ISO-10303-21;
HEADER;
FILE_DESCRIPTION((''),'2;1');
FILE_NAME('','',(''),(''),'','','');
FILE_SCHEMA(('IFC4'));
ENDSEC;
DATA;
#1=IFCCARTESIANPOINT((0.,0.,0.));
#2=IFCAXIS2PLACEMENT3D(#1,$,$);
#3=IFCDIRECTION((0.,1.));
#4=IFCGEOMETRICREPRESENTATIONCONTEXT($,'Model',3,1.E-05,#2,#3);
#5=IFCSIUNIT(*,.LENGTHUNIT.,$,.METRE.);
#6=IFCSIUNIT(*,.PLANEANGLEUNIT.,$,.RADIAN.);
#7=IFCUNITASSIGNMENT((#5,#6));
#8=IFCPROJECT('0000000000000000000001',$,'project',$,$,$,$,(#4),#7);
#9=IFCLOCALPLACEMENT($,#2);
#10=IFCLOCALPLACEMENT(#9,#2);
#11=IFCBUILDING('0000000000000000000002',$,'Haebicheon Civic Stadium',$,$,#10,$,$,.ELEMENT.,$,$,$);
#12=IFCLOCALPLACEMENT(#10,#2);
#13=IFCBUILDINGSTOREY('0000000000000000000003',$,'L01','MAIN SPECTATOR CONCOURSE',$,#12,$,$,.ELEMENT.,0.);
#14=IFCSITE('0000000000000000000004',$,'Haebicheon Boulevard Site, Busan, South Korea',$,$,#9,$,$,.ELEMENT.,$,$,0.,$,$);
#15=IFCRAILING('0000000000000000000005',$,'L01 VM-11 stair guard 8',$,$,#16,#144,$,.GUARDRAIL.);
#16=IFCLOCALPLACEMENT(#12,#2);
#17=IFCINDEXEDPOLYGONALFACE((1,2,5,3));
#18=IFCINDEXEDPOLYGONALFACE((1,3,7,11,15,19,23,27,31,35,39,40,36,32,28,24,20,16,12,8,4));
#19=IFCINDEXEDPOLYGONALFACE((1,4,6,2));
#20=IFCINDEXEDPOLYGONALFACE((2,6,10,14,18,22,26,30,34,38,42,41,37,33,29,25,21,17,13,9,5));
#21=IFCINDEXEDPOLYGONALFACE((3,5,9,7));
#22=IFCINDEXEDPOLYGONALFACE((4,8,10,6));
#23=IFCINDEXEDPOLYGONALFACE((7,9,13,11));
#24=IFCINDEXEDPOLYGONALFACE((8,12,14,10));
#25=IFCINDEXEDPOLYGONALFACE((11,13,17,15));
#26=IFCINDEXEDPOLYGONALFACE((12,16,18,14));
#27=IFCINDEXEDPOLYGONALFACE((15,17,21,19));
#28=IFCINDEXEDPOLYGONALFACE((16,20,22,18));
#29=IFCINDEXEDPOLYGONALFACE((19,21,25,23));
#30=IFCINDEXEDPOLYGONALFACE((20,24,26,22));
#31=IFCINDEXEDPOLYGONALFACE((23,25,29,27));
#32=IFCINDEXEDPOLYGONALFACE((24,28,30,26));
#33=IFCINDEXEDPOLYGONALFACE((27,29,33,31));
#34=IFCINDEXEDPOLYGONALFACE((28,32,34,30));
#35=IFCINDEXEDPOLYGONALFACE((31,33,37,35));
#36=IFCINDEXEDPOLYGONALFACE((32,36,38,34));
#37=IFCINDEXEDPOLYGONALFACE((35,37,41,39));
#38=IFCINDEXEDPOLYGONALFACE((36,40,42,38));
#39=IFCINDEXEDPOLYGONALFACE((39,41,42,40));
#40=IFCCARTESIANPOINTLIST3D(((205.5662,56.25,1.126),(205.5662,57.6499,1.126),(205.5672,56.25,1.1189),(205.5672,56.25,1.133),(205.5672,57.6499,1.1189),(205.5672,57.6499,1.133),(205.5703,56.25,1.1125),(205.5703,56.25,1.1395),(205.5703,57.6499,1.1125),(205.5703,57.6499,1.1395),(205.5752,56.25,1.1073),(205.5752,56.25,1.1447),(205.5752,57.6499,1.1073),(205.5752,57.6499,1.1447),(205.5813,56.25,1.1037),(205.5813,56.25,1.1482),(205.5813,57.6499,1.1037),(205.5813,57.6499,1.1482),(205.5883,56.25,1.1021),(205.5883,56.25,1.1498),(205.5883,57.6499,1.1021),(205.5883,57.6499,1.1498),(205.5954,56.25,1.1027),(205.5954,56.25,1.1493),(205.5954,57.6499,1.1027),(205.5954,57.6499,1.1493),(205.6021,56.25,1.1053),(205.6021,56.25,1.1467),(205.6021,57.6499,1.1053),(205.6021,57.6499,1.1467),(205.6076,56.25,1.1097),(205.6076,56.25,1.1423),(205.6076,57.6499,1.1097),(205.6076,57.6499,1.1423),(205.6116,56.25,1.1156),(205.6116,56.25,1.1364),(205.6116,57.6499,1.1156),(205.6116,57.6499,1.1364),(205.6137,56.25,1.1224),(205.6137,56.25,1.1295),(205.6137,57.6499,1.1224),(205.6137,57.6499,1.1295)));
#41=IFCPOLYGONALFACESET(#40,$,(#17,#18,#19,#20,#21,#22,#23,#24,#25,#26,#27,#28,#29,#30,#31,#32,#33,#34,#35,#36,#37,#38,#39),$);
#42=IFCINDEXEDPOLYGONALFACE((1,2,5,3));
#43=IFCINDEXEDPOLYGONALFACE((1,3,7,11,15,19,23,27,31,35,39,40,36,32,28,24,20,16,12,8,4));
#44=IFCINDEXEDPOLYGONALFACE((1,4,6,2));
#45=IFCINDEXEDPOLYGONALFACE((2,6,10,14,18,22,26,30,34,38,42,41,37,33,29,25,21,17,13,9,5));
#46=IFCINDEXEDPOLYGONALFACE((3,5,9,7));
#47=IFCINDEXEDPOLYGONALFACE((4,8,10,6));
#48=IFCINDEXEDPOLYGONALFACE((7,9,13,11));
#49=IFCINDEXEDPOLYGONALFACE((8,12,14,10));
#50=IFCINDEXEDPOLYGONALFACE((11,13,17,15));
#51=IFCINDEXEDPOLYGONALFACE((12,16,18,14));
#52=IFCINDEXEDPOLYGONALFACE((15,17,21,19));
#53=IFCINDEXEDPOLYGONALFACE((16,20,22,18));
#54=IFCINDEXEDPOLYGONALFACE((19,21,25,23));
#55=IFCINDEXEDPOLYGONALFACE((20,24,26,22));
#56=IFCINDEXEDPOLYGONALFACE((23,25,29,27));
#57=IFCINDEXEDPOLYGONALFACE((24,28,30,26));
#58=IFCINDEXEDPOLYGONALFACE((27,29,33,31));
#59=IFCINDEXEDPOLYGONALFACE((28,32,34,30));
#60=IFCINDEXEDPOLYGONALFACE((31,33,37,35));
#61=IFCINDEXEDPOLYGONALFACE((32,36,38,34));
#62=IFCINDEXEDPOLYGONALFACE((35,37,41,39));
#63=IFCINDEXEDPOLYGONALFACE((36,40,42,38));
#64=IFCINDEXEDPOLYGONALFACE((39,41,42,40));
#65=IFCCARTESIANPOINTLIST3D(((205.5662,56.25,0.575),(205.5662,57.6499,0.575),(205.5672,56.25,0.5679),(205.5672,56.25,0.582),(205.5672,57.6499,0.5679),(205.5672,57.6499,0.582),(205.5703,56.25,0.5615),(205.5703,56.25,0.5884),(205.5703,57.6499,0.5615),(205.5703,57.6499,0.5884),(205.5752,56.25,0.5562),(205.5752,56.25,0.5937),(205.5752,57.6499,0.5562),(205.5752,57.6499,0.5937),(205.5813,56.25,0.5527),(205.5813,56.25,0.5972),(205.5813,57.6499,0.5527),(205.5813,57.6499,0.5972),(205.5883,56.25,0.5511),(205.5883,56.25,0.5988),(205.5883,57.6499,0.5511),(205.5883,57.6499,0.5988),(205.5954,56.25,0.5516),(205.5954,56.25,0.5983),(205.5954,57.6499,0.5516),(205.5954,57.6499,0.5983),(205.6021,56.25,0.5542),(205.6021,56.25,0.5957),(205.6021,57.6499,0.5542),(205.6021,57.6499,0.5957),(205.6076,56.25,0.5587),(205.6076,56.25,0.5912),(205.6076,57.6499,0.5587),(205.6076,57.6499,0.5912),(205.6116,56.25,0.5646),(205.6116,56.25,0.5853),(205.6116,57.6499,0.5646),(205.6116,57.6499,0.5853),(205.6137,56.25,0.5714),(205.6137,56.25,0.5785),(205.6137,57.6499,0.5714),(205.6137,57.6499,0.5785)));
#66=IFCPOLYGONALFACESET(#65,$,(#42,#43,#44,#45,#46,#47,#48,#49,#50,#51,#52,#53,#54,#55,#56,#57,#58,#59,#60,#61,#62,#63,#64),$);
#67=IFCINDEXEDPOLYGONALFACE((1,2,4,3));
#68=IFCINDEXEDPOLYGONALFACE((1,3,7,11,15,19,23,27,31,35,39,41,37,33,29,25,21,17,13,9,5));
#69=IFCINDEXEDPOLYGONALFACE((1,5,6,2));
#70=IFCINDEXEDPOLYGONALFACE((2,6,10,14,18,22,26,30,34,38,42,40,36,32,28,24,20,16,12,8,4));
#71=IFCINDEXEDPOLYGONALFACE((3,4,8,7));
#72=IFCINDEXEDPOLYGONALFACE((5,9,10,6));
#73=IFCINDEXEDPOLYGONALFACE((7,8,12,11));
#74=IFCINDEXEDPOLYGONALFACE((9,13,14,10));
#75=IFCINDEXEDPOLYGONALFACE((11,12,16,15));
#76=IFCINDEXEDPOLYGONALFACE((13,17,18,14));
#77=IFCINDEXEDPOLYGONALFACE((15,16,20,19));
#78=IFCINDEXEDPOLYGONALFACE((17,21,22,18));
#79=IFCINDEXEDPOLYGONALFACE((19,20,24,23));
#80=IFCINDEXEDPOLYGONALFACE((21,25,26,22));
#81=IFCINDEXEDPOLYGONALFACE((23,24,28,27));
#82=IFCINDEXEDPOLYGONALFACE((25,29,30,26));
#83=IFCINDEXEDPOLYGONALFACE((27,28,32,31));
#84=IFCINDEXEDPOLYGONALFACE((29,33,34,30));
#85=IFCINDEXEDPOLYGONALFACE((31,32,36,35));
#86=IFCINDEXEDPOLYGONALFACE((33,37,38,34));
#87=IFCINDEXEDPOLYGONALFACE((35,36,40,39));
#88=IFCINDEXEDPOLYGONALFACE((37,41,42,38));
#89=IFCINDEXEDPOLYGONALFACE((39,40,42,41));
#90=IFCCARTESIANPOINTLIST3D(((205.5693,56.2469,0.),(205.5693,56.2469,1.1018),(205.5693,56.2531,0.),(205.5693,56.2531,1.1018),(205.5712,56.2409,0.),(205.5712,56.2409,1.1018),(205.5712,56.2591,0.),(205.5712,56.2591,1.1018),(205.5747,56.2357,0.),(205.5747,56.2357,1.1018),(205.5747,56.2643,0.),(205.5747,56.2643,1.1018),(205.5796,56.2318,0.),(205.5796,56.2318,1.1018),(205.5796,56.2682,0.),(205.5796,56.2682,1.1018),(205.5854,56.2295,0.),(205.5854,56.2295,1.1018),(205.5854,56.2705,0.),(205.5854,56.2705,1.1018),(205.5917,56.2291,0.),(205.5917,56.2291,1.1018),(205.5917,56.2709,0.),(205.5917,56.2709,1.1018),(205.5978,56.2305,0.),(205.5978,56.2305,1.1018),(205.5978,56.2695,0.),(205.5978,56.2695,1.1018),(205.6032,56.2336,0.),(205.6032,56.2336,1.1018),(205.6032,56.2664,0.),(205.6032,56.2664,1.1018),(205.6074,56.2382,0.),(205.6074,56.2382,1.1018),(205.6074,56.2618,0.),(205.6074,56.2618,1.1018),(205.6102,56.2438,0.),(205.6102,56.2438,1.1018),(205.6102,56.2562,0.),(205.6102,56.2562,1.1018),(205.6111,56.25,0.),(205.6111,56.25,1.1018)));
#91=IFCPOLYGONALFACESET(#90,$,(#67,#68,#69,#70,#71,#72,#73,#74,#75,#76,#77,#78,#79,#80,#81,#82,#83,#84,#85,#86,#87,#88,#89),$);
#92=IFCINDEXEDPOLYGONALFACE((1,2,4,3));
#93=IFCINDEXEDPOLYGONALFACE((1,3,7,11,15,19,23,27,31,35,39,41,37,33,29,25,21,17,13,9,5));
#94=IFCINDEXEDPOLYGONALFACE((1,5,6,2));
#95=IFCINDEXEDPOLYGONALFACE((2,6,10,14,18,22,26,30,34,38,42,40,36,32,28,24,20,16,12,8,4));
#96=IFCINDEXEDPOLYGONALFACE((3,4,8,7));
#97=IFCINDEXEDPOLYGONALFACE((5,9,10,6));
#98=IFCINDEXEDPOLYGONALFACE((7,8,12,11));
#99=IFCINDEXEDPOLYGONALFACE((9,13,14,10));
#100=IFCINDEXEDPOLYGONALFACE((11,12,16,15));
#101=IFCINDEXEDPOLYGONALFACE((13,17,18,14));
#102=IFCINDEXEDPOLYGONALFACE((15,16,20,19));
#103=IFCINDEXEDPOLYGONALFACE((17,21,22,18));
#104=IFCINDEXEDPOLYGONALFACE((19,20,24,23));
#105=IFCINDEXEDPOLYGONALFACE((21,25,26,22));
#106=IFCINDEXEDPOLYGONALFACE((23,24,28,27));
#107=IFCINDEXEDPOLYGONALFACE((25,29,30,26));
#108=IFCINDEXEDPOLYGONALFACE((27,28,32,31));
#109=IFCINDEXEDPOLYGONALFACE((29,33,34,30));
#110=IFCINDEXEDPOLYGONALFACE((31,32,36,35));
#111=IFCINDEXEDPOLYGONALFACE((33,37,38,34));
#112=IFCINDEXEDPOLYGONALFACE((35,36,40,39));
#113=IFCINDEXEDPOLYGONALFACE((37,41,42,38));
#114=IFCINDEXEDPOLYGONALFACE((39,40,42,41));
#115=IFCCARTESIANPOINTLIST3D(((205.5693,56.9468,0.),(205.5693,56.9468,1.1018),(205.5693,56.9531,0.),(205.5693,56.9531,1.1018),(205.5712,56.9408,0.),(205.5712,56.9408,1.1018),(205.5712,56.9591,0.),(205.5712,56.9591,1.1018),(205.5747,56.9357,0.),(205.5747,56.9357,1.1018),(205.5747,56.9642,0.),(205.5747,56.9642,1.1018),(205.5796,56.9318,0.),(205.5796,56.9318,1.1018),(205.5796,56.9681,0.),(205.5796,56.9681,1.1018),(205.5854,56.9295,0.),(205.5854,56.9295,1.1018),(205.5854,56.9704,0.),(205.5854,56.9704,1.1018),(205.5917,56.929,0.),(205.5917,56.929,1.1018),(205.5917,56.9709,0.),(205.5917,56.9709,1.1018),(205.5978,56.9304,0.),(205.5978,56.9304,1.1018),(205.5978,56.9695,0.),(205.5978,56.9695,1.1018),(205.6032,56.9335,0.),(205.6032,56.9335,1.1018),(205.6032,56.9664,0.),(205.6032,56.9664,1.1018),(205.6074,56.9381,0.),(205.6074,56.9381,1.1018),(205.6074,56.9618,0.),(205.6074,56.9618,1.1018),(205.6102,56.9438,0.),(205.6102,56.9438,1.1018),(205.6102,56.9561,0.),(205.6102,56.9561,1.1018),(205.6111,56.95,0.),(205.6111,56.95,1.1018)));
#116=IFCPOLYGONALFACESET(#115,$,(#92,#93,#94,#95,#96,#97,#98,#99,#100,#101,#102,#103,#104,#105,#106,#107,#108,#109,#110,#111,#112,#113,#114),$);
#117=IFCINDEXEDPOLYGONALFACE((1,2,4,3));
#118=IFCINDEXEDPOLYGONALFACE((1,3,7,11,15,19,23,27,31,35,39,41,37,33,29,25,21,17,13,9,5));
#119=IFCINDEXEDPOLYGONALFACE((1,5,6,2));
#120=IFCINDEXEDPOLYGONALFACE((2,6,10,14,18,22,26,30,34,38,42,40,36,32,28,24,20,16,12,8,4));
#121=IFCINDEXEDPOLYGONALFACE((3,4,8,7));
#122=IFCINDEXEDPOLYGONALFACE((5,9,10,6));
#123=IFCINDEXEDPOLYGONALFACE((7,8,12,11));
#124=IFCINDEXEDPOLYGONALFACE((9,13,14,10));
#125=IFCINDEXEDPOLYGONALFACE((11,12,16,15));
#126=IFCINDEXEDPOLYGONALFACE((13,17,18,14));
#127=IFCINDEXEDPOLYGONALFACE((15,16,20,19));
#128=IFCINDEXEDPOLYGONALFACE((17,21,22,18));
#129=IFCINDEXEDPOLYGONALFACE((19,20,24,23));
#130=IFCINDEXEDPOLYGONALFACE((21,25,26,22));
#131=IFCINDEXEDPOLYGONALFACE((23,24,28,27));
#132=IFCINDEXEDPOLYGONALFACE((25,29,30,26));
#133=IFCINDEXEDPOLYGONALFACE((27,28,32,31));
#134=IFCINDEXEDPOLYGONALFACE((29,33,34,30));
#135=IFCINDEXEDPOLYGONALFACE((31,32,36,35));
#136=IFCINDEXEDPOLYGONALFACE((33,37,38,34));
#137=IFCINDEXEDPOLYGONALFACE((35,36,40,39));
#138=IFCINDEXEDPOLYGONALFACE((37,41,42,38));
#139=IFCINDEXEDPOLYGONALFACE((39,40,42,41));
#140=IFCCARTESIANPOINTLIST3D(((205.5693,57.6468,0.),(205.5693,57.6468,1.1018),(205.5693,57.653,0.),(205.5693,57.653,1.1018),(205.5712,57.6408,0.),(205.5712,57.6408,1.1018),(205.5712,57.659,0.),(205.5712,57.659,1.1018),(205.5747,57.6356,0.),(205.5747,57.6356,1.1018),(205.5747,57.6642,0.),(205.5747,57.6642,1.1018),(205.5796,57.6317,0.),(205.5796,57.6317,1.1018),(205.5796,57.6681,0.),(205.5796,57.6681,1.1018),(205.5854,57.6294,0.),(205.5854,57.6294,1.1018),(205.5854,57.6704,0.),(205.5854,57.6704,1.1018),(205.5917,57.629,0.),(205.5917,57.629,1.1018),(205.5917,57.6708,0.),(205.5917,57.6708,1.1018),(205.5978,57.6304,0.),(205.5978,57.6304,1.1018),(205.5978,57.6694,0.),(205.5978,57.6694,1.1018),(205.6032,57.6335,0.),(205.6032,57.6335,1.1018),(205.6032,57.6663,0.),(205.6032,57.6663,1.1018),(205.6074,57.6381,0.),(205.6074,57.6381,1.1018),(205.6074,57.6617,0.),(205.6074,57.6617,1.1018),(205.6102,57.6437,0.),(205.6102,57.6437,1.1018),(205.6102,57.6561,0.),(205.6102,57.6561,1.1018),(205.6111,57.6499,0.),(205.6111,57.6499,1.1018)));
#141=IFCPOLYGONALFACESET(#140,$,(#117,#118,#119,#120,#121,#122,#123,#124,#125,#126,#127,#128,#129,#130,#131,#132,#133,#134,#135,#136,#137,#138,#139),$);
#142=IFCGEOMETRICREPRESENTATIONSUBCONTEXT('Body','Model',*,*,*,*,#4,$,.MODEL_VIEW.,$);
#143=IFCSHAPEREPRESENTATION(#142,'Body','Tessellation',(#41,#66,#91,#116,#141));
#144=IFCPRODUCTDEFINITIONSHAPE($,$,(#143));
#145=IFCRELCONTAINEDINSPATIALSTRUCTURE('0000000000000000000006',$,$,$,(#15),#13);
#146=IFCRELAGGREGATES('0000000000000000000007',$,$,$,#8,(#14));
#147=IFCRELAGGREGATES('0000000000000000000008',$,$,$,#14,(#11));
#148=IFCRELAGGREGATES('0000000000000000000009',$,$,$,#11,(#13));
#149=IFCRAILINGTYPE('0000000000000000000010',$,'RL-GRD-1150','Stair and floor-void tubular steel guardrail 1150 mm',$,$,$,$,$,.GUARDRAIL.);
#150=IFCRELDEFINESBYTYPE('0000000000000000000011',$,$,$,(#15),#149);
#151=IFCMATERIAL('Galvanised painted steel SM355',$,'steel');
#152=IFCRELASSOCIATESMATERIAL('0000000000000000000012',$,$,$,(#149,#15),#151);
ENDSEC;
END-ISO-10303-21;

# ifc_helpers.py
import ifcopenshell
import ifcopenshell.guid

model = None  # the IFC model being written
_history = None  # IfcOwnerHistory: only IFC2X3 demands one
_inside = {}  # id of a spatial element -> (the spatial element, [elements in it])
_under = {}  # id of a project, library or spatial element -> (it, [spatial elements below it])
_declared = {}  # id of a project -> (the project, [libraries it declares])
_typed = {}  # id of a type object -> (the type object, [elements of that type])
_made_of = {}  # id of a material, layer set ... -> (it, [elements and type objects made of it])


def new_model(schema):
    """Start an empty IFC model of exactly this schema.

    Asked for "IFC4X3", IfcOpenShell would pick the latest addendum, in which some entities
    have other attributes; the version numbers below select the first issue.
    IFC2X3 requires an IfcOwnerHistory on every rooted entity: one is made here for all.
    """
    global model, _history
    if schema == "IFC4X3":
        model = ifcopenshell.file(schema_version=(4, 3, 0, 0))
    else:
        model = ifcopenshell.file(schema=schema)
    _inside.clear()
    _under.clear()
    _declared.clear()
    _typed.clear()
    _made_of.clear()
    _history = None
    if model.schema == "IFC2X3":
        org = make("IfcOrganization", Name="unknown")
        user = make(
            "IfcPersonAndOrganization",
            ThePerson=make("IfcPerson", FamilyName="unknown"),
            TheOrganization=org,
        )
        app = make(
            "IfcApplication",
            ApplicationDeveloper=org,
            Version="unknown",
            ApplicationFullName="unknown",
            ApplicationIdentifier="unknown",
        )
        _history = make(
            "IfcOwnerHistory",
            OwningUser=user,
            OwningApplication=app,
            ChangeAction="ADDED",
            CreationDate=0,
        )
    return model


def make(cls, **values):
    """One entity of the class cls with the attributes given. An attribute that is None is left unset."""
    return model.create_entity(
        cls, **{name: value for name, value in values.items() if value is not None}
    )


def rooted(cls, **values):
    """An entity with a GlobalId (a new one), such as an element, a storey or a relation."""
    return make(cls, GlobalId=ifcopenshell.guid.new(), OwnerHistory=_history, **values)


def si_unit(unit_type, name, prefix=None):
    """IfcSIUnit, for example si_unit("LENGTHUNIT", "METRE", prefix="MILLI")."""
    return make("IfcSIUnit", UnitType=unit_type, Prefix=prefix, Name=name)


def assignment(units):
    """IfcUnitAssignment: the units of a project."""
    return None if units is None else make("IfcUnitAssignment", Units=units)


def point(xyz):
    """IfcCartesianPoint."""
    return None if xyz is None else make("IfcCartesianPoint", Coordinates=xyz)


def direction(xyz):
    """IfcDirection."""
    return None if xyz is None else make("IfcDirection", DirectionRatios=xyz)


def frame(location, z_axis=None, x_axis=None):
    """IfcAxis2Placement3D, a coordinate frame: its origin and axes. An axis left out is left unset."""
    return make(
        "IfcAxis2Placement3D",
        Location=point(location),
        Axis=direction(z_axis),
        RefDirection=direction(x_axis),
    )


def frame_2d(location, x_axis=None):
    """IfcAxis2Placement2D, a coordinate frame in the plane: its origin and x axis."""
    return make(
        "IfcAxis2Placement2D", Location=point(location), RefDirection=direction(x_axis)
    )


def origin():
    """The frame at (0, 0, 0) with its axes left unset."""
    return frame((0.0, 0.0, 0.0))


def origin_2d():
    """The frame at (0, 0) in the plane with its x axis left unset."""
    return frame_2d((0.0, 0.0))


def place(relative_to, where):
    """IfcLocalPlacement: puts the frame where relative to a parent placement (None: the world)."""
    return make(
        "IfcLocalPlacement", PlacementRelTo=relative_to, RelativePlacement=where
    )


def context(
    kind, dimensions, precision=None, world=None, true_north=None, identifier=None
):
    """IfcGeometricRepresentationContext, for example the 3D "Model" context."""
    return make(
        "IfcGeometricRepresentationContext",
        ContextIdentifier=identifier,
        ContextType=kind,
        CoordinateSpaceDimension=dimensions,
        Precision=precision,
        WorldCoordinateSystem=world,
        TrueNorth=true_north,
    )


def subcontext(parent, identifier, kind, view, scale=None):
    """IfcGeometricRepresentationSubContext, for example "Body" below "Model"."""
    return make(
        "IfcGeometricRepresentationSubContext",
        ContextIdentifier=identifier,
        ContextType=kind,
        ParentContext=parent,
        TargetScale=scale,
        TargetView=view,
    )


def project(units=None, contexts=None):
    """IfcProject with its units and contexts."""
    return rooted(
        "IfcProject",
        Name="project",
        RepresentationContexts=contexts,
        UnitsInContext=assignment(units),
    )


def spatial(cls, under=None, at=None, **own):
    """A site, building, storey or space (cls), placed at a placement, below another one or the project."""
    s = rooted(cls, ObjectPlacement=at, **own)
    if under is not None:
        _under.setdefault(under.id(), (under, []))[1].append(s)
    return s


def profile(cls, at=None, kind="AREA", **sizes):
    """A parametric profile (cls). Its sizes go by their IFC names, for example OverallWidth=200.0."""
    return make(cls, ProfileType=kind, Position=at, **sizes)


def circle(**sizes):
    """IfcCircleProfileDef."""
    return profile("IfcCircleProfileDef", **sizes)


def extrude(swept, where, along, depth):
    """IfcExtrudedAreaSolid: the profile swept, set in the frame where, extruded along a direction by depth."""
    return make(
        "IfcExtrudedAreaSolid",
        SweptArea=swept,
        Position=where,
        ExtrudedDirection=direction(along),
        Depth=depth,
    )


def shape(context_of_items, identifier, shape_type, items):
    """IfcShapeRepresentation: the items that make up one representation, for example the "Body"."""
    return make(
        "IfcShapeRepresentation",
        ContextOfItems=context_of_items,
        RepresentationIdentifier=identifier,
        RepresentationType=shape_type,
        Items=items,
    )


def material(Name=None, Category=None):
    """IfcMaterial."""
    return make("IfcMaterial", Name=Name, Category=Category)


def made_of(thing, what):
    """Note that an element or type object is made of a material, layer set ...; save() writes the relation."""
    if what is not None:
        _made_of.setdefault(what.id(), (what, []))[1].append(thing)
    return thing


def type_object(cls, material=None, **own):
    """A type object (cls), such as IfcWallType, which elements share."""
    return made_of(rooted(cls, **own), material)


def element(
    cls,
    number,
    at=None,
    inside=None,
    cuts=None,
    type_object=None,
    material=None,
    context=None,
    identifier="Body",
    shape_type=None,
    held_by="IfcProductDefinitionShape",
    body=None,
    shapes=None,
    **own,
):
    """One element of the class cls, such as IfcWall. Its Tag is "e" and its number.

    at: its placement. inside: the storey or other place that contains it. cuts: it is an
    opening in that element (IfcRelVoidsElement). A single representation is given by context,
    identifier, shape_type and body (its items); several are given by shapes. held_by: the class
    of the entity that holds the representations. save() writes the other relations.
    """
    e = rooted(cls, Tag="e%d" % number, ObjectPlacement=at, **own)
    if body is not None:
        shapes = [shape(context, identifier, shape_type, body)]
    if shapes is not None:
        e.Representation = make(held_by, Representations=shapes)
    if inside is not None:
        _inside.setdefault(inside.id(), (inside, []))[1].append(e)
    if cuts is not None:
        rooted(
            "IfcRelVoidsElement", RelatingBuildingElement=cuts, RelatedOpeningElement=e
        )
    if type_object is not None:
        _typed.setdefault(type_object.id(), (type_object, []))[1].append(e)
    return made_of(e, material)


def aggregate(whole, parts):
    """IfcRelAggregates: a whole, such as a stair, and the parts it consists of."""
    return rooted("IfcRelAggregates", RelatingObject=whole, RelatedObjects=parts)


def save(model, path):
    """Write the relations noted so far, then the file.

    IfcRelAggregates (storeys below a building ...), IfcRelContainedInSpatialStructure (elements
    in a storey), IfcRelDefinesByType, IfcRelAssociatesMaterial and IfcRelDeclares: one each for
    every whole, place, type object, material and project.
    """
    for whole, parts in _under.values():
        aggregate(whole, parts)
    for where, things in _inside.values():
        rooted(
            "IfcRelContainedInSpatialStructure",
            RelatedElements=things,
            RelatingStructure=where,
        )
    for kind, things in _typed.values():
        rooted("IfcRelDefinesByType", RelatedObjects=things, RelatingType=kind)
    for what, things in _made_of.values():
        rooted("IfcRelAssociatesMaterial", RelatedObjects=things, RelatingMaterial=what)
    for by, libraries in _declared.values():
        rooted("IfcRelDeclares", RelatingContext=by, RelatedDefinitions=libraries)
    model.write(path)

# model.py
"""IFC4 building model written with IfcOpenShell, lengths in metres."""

from ifc_helpers import new_model, si_unit, direction, frame, origin, origin_2d, place, context, subcontext, project, spatial, circle, extrude, material, type_object, element, save


model = new_model("IFC4")

# Units and contexts
model_context = context("Model", 3, precision=1e-05, world=origin(), true_north=direction((0.0, 1.0)))
body_context = subcontext(model_context, "Body", "Model", "MODEL_VIEW")
ifc_project = project(units=[si_unit("LENGTHUNIT", "METRE"), si_unit("PLANEANGLEUNIT", "RADIAN")], contexts=[model_context])

# Site, building, storey
site_placement = place(None, origin())
site = spatial("IfcSite", under=ifc_project, at=site_placement, Name="Haebicheon Boulevard Site, Busan, South Korea", CompositionType="ELEMENT", RefElevation=0.0)
building_placement = place(site_placement, origin())
building = spatial("IfcBuilding", under=site, at=building_placement, Name="Haebicheon Civic Stadium", CompositionType="ELEMENT")
storey_placement = place(building_placement, origin())
storey = spatial("IfcBuildingStorey", under=building, at=storey_placement, Name="L01", Description="MAIN SPECTATOR CONCOURSE", CompositionType="ELEMENT", Elevation=0.0)

# Railing
ifc_material_1 = material(Name="Galvanised painted steel SM355", Category="steel")
railing_type_1 = type_object("IfcRailingType", Name="RL-GRD-1150", Description="Stair and floor-void tubular steel guardrail 1150 mm", PredefinedType="GUARDRAIL", material=ifc_material_1)
railing_1_placement = place(storey_placement, frame((205.5901, 56.25, 0.0)))
element("IfcRailing", 1, at=railing_1_placement, inside=storey, type_object=railing_type_1, material=ifc_material_1, Name="L01 VM-11 stair guard 8", PredefinedType="GUARDRAIL", context=body_context, shape_type="SweptSolid", body=[
    extrude(circle(Radius=0.0239, at=origin_2d()), frame((0.0, 0.0, 1.126), z_axis=(0.0, 1.0, 0.0), x_axis=(-1.0, 0.0, 0.0)), (0.0, 0.0, 1.0), 1.3999),
    extrude(circle(Radius=0.0239, at=origin_2d()), frame((0.0, 0.0, 0.575), z_axis=(0.0, 1.0, 0.0), x_axis=(-1.0, 0.0, 0.0)), (0.0, 0.0, 1.0), 1.3999),
    extrude(circle(Radius=0.021, at=origin_2d()), origin(), (0.0, 0.0, 1.0), 1.1018),
    extrude(circle(Radius=0.021, at=origin_2d()), frame((0.0, 0.7, 0.0)), (0.0, 0.0, 1.0), 1.1018),
    extrude(circle(Radius=0.021, at=origin_2d()), frame((0.0, 1.3999, 0.0)), (0.0, 0.0, 1.0), 1.1018),
])

save(model, "model.ifc")
